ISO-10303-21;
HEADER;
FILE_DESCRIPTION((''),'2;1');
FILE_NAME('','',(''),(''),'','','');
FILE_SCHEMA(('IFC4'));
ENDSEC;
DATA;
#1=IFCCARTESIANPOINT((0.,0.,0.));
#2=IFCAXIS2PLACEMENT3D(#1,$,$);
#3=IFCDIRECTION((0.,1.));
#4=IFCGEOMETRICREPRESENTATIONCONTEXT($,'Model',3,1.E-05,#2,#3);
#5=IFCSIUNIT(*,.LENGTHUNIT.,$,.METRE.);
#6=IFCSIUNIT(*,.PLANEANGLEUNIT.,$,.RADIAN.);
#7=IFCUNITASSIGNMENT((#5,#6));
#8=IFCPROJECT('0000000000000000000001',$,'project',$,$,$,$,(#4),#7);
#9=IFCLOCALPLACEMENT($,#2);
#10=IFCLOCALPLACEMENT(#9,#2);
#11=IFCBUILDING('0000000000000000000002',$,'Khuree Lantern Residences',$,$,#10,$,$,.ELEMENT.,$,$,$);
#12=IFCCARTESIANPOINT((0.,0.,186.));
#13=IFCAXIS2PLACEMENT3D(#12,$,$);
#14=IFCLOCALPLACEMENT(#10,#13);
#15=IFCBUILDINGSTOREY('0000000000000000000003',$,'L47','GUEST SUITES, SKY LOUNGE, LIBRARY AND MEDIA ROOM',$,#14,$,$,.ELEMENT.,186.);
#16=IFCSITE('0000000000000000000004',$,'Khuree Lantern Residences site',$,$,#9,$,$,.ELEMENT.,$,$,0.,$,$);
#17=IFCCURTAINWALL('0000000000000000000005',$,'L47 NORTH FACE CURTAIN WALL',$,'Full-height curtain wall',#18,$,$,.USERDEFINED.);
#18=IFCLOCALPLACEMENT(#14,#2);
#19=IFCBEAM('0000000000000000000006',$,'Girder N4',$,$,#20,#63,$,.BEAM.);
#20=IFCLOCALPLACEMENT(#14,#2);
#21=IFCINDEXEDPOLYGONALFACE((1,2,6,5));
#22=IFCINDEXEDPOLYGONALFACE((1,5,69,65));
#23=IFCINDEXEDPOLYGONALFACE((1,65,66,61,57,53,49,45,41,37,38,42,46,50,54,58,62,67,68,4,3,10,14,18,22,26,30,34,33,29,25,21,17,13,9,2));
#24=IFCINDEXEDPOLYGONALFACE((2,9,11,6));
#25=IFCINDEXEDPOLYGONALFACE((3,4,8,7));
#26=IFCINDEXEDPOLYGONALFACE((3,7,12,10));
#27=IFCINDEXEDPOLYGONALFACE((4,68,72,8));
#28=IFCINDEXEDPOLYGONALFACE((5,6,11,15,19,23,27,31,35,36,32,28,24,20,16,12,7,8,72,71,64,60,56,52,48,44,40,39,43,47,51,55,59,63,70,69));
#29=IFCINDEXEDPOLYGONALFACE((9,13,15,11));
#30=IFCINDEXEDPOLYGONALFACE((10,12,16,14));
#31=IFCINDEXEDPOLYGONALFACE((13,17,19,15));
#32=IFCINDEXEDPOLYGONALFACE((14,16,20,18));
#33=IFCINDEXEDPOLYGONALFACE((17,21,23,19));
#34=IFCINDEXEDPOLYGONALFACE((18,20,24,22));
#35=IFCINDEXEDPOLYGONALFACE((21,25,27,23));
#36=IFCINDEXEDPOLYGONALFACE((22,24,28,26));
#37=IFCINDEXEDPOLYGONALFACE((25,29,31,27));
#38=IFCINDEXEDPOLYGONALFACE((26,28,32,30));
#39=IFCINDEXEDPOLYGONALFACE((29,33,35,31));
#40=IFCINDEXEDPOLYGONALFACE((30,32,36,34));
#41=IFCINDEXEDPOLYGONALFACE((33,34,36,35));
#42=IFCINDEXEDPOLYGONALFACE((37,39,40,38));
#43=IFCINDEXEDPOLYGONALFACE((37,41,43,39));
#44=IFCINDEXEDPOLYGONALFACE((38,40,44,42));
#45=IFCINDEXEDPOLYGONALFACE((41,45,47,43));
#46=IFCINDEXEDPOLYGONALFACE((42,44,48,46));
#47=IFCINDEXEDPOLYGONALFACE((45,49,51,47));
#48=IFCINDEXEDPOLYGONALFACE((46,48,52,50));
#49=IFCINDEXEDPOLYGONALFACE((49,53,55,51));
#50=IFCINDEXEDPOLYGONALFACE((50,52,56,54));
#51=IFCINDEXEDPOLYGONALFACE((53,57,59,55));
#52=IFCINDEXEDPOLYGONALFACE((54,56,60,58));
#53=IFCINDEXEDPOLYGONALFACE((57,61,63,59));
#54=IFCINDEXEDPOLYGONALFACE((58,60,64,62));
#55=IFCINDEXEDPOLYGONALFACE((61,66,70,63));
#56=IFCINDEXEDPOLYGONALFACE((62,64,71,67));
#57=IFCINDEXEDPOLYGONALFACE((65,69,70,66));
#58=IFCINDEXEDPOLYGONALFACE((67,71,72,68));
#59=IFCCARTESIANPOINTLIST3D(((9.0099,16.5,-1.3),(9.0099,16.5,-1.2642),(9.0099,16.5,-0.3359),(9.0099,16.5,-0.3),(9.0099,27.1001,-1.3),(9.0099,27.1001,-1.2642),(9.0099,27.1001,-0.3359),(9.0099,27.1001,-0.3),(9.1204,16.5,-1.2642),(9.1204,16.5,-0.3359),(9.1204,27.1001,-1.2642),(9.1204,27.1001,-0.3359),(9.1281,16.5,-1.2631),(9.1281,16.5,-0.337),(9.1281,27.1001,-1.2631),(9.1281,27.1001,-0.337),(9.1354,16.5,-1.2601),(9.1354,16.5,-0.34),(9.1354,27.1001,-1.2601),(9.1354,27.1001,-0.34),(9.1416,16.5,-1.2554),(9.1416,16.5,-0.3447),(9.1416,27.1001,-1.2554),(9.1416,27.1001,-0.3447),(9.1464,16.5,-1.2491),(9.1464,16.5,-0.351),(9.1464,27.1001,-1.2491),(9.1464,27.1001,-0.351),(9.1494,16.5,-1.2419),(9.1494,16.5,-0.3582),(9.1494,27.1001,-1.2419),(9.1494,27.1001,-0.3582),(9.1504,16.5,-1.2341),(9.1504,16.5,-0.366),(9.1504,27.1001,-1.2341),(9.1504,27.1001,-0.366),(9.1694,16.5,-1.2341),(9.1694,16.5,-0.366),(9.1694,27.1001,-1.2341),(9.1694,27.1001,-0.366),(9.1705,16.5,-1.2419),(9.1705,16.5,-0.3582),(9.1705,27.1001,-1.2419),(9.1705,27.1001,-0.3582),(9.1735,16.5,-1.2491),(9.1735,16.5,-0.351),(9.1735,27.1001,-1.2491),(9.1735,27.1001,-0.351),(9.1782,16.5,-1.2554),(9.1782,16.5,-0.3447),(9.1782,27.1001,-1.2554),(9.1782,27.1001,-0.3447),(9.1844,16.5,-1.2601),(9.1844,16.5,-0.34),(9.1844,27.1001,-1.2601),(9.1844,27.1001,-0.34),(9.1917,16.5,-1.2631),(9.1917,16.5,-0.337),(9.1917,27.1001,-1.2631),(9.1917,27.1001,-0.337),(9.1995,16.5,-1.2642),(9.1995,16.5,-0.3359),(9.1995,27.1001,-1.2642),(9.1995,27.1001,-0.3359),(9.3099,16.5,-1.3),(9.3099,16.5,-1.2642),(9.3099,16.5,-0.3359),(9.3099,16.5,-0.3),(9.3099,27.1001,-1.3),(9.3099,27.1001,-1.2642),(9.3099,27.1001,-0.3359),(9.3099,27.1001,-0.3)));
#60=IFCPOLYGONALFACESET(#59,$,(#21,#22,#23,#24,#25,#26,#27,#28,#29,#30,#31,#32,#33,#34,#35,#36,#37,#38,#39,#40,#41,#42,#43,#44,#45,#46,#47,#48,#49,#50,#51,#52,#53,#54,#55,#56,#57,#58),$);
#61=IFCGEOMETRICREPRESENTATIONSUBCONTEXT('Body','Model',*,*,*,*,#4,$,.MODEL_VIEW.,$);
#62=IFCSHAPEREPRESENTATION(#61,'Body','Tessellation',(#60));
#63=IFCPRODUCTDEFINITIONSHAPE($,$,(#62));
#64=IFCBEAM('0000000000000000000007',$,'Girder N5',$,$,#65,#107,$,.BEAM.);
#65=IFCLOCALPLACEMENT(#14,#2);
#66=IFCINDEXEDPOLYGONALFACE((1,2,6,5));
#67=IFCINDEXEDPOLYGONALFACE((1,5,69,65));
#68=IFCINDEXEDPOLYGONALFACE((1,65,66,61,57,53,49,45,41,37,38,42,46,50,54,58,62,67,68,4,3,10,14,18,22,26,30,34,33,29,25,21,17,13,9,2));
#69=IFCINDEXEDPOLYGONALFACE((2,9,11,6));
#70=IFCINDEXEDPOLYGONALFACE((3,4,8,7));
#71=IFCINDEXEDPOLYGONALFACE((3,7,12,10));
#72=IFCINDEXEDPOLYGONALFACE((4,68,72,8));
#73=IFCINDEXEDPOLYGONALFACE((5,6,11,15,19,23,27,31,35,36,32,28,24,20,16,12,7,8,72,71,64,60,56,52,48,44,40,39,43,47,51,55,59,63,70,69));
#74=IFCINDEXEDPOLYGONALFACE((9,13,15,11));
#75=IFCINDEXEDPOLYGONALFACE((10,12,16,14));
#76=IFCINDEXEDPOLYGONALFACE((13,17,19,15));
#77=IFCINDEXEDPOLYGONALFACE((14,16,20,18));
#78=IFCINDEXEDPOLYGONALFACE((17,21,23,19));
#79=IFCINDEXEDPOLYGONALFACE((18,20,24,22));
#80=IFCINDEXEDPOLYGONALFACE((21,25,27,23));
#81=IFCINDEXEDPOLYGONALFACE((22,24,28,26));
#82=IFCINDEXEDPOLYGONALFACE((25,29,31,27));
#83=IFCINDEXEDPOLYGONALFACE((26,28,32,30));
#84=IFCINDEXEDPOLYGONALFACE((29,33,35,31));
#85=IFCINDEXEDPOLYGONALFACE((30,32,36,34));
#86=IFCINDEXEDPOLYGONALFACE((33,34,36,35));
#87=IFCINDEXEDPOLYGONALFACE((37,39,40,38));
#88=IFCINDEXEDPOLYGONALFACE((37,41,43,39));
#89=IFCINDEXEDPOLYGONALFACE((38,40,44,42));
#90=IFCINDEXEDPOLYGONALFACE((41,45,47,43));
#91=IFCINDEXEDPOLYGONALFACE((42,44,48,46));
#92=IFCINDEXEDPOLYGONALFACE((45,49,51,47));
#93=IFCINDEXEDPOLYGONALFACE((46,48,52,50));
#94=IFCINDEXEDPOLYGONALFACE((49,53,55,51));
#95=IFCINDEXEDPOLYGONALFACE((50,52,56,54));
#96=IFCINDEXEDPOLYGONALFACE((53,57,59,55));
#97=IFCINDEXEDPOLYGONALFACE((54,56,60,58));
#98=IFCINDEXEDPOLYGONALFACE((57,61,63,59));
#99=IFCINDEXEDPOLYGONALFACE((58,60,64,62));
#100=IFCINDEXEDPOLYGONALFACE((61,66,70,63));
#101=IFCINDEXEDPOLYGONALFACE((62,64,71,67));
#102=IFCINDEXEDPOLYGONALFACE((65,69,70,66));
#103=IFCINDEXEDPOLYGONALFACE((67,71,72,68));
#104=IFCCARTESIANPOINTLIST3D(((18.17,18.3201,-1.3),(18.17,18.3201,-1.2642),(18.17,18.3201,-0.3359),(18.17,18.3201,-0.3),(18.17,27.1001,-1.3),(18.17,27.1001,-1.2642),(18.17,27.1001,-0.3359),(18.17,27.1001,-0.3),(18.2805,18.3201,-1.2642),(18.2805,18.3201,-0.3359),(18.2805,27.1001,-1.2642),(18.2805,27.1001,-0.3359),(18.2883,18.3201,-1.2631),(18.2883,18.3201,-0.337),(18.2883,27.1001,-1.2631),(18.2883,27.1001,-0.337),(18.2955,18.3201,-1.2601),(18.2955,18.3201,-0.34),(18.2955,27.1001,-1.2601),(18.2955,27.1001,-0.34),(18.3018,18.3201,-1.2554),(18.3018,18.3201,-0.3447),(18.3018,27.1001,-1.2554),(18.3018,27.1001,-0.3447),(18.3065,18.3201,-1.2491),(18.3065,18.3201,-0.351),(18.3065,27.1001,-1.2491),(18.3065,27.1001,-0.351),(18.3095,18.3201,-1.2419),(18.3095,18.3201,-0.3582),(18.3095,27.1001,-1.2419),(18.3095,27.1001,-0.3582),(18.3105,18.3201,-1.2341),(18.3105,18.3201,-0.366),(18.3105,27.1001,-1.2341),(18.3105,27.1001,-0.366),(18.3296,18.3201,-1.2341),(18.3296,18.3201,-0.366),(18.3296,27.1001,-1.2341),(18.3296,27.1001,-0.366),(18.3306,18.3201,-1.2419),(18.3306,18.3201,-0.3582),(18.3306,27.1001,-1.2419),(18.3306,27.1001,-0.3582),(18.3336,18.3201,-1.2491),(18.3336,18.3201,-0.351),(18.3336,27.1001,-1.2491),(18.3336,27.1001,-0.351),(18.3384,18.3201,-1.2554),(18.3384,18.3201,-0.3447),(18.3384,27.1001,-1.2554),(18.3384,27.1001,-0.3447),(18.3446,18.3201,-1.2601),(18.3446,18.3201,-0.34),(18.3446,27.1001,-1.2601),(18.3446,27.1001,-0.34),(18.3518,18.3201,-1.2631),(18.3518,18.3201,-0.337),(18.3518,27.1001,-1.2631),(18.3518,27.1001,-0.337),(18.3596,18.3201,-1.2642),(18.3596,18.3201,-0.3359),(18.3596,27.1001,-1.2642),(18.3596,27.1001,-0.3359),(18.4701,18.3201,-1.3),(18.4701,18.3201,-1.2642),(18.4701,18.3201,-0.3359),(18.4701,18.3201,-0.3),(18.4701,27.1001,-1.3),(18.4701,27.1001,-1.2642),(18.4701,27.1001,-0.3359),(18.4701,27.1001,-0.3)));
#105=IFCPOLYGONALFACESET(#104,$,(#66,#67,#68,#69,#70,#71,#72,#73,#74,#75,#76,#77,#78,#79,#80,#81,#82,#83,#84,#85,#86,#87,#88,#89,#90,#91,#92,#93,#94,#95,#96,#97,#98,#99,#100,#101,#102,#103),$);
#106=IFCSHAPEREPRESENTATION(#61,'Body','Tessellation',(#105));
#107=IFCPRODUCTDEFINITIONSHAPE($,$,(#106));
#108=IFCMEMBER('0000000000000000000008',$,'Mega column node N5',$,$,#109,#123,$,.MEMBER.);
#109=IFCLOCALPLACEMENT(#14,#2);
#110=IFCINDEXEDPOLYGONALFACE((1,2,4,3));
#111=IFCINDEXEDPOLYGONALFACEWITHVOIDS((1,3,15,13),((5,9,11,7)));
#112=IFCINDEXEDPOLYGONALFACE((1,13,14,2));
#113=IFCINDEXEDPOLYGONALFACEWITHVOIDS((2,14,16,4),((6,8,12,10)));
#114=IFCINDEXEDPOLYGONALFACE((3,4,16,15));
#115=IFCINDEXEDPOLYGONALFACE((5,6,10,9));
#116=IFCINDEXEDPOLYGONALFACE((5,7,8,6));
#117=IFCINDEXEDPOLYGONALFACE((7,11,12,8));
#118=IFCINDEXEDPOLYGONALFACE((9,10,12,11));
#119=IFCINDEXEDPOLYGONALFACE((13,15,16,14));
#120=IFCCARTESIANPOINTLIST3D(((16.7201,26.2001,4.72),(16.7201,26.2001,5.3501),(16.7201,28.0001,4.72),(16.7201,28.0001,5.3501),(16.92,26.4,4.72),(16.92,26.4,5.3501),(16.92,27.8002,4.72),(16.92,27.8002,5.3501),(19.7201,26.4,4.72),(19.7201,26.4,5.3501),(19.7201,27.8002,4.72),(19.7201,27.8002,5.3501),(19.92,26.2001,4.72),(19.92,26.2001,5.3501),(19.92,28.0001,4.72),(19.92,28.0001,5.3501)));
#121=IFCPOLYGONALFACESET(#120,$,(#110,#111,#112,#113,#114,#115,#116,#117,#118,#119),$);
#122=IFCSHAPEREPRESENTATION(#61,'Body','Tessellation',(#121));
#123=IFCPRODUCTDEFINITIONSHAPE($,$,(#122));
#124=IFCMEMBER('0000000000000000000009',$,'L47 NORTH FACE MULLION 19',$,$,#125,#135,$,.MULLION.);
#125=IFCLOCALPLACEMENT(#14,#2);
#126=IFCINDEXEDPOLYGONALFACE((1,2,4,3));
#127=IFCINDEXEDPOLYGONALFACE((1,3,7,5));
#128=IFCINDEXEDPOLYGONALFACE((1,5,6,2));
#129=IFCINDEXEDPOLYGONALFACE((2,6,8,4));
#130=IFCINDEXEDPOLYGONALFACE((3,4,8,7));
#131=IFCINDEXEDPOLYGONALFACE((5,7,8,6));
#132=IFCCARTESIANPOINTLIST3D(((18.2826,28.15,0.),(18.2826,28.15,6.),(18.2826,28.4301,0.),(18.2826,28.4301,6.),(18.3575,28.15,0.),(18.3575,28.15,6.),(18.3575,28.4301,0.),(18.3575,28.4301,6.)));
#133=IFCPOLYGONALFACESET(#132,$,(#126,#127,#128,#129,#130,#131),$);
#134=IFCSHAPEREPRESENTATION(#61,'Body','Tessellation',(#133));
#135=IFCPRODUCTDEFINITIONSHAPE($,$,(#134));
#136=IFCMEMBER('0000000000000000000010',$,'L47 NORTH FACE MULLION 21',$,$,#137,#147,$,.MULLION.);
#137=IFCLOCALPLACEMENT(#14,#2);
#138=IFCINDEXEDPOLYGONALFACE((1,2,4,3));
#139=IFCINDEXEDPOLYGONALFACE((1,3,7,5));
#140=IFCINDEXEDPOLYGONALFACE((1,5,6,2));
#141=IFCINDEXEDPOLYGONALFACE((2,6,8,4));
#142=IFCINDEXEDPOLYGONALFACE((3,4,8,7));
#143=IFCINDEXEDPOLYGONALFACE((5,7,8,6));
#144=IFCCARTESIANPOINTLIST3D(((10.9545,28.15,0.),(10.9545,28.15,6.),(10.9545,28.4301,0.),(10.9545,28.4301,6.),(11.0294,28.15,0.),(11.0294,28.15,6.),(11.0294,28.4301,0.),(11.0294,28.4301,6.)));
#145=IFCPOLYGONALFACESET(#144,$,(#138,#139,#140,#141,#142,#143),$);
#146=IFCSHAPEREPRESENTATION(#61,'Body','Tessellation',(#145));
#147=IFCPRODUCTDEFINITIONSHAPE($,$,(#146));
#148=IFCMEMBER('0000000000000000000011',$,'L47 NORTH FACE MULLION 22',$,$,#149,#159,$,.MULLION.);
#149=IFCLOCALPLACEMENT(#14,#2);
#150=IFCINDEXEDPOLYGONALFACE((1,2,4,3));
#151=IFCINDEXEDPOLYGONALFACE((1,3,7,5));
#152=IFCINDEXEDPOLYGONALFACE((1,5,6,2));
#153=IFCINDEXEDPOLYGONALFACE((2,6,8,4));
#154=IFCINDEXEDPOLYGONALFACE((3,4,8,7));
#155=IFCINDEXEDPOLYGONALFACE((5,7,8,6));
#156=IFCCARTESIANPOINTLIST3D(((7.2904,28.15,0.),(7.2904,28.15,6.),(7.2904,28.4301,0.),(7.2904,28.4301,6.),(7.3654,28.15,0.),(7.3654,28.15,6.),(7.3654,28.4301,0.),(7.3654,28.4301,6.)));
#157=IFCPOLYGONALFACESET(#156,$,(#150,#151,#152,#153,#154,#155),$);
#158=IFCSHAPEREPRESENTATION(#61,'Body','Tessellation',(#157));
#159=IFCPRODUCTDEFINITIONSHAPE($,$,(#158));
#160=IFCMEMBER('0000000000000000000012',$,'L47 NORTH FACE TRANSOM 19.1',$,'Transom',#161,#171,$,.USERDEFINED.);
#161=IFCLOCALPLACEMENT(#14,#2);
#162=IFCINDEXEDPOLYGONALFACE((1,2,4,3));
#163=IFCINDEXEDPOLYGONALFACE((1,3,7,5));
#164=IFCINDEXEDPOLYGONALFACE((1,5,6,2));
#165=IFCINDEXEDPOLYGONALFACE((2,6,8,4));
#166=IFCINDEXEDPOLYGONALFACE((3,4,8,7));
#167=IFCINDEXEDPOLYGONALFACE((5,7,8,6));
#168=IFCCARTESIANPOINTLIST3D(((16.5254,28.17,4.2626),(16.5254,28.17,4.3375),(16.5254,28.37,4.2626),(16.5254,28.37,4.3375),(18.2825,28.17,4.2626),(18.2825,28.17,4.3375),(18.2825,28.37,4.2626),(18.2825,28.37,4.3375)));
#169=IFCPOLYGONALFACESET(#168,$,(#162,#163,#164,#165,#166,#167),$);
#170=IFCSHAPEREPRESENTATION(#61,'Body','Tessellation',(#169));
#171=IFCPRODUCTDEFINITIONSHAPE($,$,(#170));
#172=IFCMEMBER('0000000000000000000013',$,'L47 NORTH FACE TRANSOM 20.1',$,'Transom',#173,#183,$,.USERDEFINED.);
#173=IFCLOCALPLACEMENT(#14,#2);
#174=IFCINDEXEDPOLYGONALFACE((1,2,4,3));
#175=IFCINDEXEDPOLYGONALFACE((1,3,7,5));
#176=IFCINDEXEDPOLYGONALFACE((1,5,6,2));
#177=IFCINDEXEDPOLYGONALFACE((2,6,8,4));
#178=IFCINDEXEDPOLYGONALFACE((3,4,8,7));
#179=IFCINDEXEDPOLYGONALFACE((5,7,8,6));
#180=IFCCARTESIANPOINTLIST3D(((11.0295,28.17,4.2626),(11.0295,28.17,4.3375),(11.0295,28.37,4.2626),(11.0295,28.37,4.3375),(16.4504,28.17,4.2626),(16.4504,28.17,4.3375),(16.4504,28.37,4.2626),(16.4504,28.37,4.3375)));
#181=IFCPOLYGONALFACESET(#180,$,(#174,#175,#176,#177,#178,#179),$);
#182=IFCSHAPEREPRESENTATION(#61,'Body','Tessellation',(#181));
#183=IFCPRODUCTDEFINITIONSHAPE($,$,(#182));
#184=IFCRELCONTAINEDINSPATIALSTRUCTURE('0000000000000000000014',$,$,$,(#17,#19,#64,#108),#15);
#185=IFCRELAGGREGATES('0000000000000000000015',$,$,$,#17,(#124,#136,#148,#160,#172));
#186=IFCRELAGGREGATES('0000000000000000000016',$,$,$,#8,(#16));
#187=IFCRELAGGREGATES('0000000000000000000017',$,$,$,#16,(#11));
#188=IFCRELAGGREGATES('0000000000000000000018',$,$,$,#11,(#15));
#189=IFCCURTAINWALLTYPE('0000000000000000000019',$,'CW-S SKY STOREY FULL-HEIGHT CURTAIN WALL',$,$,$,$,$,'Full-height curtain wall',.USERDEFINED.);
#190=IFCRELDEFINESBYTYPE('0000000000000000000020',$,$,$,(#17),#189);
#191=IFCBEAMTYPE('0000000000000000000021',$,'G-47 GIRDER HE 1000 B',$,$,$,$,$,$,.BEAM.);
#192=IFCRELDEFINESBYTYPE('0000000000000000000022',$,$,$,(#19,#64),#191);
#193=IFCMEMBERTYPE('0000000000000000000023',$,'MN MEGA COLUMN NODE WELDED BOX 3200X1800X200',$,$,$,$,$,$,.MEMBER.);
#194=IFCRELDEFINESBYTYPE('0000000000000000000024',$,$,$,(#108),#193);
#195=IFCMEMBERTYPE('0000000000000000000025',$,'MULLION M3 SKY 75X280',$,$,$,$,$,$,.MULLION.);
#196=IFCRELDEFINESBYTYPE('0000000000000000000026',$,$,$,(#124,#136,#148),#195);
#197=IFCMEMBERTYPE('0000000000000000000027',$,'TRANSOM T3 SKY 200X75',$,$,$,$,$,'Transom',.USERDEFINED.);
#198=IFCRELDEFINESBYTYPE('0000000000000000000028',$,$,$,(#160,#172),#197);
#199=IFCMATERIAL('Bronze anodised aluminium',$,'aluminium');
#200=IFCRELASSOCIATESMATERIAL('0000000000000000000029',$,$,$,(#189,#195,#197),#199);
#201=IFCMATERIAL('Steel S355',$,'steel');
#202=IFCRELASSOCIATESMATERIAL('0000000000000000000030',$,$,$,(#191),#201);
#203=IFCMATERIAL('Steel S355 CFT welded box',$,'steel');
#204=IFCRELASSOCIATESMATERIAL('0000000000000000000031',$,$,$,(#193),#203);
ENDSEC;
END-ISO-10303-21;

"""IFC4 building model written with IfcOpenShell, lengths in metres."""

from ifc_helpers import new_model, si_unit, direction, frame, origin, origin_2d, place, context, subcontext, project, spatial, rectangle, hollow_rectangle, i_section, extrude, material, material_profile, profile_set, type_object, element, aggregate, save


model = new_model("IFC4")

# Units and contexts
model_context = context("Model", 3, precision=1e-05, world=origin(), true_north=direction((0.0, 1.0)))
body_context = subcontext(model_context, "Body", "Model", "MODEL_VIEW")
ifc_project = project(units=[si_unit("LENGTHUNIT", "METRE"), si_unit("PLANEANGLEUNIT", "RADIAN")], contexts=[model_context])

# Site, building, storey
site_placement = place(None, origin())
site = spatial("IfcSite", under=ifc_project, at=site_placement, Name="Khuree Lantern Residences site", CompositionType="ELEMENT", RefElevation=0.0)
building_placement = place(site_placement, origin())
building = spatial("IfcBuilding", under=site, at=building_placement, Name="Khuree Lantern Residences", CompositionType="ELEMENT")
storey_placement = place(building_placement, frame((0.0, 0.0, 186.0)))
storey = spatial("IfcBuildingStorey", under=building, at=storey_placement, Name="L47", Description="GUEST SUITES, SKY LOUNGE, LIBRARY AND MEDIA ROOM", CompositionType="ELEMENT", Elevation=186.0)

# Shared definitions
ifc_material_1 = material(Name="Steel S355 CFT welded box", Category="steel")

# Shared definitions
ifc_material_2 = material(Name="Steel S355", Category="steel")

# Curtain wall
ifc_material_3 = material(Name="Bronze anodised aluminium", Category="aluminium")
curtain_wall_type = type_object("IfcCurtainWallType", Name="CW-S SKY STOREY FULL-HEIGHT CURTAIN WALL", ElementType="Full-height curtain wall", PredefinedType="USERDEFINED", material=ifc_material_3)
curtain_wall_placement = place(storey_placement, origin())
curtain_wall = element("IfcCurtainWall", 1, at=curtain_wall_placement, inside=storey, type_object=curtain_wall_type, Name="L47 NORTH FACE CURTAIN WALL", ObjectType="Full-height curtain wall", PredefinedType="USERDEFINED")

# Beams
ifc_material_profile_1 = material_profile(ifc_material_2, i_section(OverallWidth=0.3, OverallDepth=1.0, WebThickness=0.019, FlangeThickness=0.0359, FilletRadius=0.03, at=origin_2d()), Name="HE 1000 B")
ifc_profile_set_1 = profile_set([ifc_material_profile_1], Name="Steel S355")
beam_type_1 = type_object("IfcBeamType", Name="G-47 GIRDER HE 1000 B", PredefinedType="BEAM", material=ifc_profile_set_1)
beam_1_placement = place(storey_placement, frame((9.1599, 27.1001, -0.8), z_axis=(0.0, -1.0, 0.0), x_axis=(1.0, 0.0, 0.0)))
element("IfcBeam", 2, at=beam_1_placement, inside=storey, type_object=beam_type_1, Name="Girder N4", PredefinedType="BEAM", context=body_context, shape_type="SweptSolid", body=[
    extrude(i_section(OverallWidth=0.3, OverallDepth=1.0, WebThickness=0.019, FlangeThickness=0.0359, FilletRadius=0.03, at=origin_2d()), origin(), (0.0, 0.0, 1.0), 10.6001),
])
beam_2_placement = place(storey_placement, frame((18.3201, 27.1001, -0.8), z_axis=(0.0, -1.0, 0.0), x_axis=(1.0, 0.0, 0.0)))
element("IfcBeam", 3, at=beam_2_placement, inside=storey, type_object=beam_type_1, Name="Girder N5", PredefinedType="BEAM", context=body_context, shape_type="SweptSolid", body=[
    extrude(i_section(OverallWidth=0.3, OverallDepth=1.0, WebThickness=0.019, FlangeThickness=0.0359, FilletRadius=0.03, at=origin_2d()), origin(), (0.0, 0.0, 1.0), 8.78),
])

# Members
ifc_material_profile_2 = material_profile(ifc_material_1, hollow_rectangle(XDim=3.2, YDim=1.8, WallThickness=0.2, at=origin_2d()), Name="WELDED BOX 3200X1800X200")
ifc_profile_set_2 = profile_set([ifc_material_profile_2], Name="Steel S355 CFT welded box")
member_type_1 = type_object("IfcMemberType", Name="MN MEGA COLUMN NODE WELDED BOX 3200X1800X200", PredefinedType="MEMBER", material=ifc_profile_set_2)
member_1_placement = place(storey_placement, frame((18.3201, 27.1001, 4.72), z_axis=(0.0, 0.0, 1.0), x_axis=(1.0, 0.0, 0.0)))
element("IfcMember", 4, at=member_1_placement, inside=storey, type_object=member_type_1, Name="Mega column node N5", PredefinedType="MEMBER", context=body_context, shape_type="SweptSolid", body=[
    extrude(hollow_rectangle(XDim=3.2, YDim=1.8, WallThickness=0.2, at=origin_2d()), origin(), (0.0, 0.0, 1.0), 0.6301),
])
ifc_material_profile_3 = material_profile(ifc_material_3, rectangle(XDim=0.075, YDim=0.28, at=origin_2d()), Name="M3 75X280")
ifc_profile_set_3 = profile_set([ifc_material_profile_3], Name="Bronze anodised aluminium")
member_type_2 = type_object("IfcMemberType", Name="MULLION M3 SKY 75X280", PredefinedType="MULLION", material=ifc_profile_set_3)
member_2_placement = place(storey_placement, frame((18.3201, 28.29, 0.0), z_axis=(0.0, 0.0, 1.0), x_axis=(-1.0, 0.0, 0.0)))
member_2 = element("IfcMember", 5, at=member_2_placement, type_object=member_type_2, Name="L47 NORTH FACE MULLION 19", PredefinedType="MULLION", context=body_context, shape_type="SweptSolid", body=[
    extrude(rectangle(XDim=0.075, YDim=0.28, at=origin_2d()), origin(), (0.0, 0.0, 1.0), 6.0),
])
member_3_placement = place(storey_placement, frame((10.9919, 28.29, 0.0), z_axis=(0.0, 0.0, 1.0), x_axis=(-1.0, 0.0, 0.0)))
member_3 = element("IfcMember", 6, at=member_3_placement, type_object=member_type_2, Name="L47 NORTH FACE MULLION 21", PredefinedType="MULLION", context=body_context, shape_type="SweptSolid", body=[
    extrude(rectangle(XDim=0.075, YDim=0.28, at=origin_2d()), origin(), (0.0, 0.0, 1.0), 6.0),
])
member_4_placement = place(storey_placement, frame((7.3279, 28.29, 0.0), z_axis=(0.0, 0.0, 1.0), x_axis=(-1.0, 0.0, 0.0)))
member_4 = element("IfcMember", 7, at=member_4_placement, type_object=member_type_2, Name="L47 NORTH FACE MULLION 22", PredefinedType="MULLION", context=body_context, shape_type="SweptSolid", body=[
    extrude(rectangle(XDim=0.075, YDim=0.28, at=origin_2d()), origin(), (0.0, 0.0, 1.0), 6.0),
])
ifc_material_profile_4 = material_profile(ifc_material_3, rectangle(XDim=0.2, YDim=0.075, at=origin_2d()), Name="T3 200X75")
ifc_profile_set_4 = profile_set([ifc_material_profile_4], Name="Bronze anodised aluminium")
member_type_3 = type_object("IfcMemberType", Name="TRANSOM T3 SKY 200X75", ElementType="Transom", PredefinedType="USERDEFINED", material=ifc_profile_set_4)
member_5_placement = place(storey_placement, frame((18.2825, 28.27, 4.3), z_axis=(-1.0, 0.0, 0.0), x_axis=(0.0, -1.0, 0.0)))
member_5 = element("IfcMember", 8, at=member_5_placement, type_object=member_type_3, Name="L47 NORTH FACE TRANSOM 19.1", ObjectType="Transom", PredefinedType="USERDEFINED", context=body_context, shape_type="SweptSolid", body=[
    extrude(rectangle(XDim=0.2, YDim=0.075, at=origin_2d()), origin(), (0.0, 0.0, 1.0), 1.7571),
])
member_6_placement = place(storey_placement, frame((16.4504, 28.27, 4.3), z_axis=(-1.0, 0.0, 0.0), x_axis=(0.0, -1.0, 0.0)))
member_6 = element("IfcMember", 9, at=member_6_placement, type_object=member_type_3, Name="L47 NORTH FACE TRANSOM 20.1", ObjectType="Transom", PredefinedType="USERDEFINED", context=body_context, shape_type="SweptSolid", body=[
    extrude(rectangle(XDim=0.2, YDim=0.075, at=origin_2d()), origin(), (0.0, 0.0, 1.0), 5.4209),
])

aggregate(curtain_wall, [member_2, member_3, member_4, member_5, member_6])

save(model, "model.ifc")
